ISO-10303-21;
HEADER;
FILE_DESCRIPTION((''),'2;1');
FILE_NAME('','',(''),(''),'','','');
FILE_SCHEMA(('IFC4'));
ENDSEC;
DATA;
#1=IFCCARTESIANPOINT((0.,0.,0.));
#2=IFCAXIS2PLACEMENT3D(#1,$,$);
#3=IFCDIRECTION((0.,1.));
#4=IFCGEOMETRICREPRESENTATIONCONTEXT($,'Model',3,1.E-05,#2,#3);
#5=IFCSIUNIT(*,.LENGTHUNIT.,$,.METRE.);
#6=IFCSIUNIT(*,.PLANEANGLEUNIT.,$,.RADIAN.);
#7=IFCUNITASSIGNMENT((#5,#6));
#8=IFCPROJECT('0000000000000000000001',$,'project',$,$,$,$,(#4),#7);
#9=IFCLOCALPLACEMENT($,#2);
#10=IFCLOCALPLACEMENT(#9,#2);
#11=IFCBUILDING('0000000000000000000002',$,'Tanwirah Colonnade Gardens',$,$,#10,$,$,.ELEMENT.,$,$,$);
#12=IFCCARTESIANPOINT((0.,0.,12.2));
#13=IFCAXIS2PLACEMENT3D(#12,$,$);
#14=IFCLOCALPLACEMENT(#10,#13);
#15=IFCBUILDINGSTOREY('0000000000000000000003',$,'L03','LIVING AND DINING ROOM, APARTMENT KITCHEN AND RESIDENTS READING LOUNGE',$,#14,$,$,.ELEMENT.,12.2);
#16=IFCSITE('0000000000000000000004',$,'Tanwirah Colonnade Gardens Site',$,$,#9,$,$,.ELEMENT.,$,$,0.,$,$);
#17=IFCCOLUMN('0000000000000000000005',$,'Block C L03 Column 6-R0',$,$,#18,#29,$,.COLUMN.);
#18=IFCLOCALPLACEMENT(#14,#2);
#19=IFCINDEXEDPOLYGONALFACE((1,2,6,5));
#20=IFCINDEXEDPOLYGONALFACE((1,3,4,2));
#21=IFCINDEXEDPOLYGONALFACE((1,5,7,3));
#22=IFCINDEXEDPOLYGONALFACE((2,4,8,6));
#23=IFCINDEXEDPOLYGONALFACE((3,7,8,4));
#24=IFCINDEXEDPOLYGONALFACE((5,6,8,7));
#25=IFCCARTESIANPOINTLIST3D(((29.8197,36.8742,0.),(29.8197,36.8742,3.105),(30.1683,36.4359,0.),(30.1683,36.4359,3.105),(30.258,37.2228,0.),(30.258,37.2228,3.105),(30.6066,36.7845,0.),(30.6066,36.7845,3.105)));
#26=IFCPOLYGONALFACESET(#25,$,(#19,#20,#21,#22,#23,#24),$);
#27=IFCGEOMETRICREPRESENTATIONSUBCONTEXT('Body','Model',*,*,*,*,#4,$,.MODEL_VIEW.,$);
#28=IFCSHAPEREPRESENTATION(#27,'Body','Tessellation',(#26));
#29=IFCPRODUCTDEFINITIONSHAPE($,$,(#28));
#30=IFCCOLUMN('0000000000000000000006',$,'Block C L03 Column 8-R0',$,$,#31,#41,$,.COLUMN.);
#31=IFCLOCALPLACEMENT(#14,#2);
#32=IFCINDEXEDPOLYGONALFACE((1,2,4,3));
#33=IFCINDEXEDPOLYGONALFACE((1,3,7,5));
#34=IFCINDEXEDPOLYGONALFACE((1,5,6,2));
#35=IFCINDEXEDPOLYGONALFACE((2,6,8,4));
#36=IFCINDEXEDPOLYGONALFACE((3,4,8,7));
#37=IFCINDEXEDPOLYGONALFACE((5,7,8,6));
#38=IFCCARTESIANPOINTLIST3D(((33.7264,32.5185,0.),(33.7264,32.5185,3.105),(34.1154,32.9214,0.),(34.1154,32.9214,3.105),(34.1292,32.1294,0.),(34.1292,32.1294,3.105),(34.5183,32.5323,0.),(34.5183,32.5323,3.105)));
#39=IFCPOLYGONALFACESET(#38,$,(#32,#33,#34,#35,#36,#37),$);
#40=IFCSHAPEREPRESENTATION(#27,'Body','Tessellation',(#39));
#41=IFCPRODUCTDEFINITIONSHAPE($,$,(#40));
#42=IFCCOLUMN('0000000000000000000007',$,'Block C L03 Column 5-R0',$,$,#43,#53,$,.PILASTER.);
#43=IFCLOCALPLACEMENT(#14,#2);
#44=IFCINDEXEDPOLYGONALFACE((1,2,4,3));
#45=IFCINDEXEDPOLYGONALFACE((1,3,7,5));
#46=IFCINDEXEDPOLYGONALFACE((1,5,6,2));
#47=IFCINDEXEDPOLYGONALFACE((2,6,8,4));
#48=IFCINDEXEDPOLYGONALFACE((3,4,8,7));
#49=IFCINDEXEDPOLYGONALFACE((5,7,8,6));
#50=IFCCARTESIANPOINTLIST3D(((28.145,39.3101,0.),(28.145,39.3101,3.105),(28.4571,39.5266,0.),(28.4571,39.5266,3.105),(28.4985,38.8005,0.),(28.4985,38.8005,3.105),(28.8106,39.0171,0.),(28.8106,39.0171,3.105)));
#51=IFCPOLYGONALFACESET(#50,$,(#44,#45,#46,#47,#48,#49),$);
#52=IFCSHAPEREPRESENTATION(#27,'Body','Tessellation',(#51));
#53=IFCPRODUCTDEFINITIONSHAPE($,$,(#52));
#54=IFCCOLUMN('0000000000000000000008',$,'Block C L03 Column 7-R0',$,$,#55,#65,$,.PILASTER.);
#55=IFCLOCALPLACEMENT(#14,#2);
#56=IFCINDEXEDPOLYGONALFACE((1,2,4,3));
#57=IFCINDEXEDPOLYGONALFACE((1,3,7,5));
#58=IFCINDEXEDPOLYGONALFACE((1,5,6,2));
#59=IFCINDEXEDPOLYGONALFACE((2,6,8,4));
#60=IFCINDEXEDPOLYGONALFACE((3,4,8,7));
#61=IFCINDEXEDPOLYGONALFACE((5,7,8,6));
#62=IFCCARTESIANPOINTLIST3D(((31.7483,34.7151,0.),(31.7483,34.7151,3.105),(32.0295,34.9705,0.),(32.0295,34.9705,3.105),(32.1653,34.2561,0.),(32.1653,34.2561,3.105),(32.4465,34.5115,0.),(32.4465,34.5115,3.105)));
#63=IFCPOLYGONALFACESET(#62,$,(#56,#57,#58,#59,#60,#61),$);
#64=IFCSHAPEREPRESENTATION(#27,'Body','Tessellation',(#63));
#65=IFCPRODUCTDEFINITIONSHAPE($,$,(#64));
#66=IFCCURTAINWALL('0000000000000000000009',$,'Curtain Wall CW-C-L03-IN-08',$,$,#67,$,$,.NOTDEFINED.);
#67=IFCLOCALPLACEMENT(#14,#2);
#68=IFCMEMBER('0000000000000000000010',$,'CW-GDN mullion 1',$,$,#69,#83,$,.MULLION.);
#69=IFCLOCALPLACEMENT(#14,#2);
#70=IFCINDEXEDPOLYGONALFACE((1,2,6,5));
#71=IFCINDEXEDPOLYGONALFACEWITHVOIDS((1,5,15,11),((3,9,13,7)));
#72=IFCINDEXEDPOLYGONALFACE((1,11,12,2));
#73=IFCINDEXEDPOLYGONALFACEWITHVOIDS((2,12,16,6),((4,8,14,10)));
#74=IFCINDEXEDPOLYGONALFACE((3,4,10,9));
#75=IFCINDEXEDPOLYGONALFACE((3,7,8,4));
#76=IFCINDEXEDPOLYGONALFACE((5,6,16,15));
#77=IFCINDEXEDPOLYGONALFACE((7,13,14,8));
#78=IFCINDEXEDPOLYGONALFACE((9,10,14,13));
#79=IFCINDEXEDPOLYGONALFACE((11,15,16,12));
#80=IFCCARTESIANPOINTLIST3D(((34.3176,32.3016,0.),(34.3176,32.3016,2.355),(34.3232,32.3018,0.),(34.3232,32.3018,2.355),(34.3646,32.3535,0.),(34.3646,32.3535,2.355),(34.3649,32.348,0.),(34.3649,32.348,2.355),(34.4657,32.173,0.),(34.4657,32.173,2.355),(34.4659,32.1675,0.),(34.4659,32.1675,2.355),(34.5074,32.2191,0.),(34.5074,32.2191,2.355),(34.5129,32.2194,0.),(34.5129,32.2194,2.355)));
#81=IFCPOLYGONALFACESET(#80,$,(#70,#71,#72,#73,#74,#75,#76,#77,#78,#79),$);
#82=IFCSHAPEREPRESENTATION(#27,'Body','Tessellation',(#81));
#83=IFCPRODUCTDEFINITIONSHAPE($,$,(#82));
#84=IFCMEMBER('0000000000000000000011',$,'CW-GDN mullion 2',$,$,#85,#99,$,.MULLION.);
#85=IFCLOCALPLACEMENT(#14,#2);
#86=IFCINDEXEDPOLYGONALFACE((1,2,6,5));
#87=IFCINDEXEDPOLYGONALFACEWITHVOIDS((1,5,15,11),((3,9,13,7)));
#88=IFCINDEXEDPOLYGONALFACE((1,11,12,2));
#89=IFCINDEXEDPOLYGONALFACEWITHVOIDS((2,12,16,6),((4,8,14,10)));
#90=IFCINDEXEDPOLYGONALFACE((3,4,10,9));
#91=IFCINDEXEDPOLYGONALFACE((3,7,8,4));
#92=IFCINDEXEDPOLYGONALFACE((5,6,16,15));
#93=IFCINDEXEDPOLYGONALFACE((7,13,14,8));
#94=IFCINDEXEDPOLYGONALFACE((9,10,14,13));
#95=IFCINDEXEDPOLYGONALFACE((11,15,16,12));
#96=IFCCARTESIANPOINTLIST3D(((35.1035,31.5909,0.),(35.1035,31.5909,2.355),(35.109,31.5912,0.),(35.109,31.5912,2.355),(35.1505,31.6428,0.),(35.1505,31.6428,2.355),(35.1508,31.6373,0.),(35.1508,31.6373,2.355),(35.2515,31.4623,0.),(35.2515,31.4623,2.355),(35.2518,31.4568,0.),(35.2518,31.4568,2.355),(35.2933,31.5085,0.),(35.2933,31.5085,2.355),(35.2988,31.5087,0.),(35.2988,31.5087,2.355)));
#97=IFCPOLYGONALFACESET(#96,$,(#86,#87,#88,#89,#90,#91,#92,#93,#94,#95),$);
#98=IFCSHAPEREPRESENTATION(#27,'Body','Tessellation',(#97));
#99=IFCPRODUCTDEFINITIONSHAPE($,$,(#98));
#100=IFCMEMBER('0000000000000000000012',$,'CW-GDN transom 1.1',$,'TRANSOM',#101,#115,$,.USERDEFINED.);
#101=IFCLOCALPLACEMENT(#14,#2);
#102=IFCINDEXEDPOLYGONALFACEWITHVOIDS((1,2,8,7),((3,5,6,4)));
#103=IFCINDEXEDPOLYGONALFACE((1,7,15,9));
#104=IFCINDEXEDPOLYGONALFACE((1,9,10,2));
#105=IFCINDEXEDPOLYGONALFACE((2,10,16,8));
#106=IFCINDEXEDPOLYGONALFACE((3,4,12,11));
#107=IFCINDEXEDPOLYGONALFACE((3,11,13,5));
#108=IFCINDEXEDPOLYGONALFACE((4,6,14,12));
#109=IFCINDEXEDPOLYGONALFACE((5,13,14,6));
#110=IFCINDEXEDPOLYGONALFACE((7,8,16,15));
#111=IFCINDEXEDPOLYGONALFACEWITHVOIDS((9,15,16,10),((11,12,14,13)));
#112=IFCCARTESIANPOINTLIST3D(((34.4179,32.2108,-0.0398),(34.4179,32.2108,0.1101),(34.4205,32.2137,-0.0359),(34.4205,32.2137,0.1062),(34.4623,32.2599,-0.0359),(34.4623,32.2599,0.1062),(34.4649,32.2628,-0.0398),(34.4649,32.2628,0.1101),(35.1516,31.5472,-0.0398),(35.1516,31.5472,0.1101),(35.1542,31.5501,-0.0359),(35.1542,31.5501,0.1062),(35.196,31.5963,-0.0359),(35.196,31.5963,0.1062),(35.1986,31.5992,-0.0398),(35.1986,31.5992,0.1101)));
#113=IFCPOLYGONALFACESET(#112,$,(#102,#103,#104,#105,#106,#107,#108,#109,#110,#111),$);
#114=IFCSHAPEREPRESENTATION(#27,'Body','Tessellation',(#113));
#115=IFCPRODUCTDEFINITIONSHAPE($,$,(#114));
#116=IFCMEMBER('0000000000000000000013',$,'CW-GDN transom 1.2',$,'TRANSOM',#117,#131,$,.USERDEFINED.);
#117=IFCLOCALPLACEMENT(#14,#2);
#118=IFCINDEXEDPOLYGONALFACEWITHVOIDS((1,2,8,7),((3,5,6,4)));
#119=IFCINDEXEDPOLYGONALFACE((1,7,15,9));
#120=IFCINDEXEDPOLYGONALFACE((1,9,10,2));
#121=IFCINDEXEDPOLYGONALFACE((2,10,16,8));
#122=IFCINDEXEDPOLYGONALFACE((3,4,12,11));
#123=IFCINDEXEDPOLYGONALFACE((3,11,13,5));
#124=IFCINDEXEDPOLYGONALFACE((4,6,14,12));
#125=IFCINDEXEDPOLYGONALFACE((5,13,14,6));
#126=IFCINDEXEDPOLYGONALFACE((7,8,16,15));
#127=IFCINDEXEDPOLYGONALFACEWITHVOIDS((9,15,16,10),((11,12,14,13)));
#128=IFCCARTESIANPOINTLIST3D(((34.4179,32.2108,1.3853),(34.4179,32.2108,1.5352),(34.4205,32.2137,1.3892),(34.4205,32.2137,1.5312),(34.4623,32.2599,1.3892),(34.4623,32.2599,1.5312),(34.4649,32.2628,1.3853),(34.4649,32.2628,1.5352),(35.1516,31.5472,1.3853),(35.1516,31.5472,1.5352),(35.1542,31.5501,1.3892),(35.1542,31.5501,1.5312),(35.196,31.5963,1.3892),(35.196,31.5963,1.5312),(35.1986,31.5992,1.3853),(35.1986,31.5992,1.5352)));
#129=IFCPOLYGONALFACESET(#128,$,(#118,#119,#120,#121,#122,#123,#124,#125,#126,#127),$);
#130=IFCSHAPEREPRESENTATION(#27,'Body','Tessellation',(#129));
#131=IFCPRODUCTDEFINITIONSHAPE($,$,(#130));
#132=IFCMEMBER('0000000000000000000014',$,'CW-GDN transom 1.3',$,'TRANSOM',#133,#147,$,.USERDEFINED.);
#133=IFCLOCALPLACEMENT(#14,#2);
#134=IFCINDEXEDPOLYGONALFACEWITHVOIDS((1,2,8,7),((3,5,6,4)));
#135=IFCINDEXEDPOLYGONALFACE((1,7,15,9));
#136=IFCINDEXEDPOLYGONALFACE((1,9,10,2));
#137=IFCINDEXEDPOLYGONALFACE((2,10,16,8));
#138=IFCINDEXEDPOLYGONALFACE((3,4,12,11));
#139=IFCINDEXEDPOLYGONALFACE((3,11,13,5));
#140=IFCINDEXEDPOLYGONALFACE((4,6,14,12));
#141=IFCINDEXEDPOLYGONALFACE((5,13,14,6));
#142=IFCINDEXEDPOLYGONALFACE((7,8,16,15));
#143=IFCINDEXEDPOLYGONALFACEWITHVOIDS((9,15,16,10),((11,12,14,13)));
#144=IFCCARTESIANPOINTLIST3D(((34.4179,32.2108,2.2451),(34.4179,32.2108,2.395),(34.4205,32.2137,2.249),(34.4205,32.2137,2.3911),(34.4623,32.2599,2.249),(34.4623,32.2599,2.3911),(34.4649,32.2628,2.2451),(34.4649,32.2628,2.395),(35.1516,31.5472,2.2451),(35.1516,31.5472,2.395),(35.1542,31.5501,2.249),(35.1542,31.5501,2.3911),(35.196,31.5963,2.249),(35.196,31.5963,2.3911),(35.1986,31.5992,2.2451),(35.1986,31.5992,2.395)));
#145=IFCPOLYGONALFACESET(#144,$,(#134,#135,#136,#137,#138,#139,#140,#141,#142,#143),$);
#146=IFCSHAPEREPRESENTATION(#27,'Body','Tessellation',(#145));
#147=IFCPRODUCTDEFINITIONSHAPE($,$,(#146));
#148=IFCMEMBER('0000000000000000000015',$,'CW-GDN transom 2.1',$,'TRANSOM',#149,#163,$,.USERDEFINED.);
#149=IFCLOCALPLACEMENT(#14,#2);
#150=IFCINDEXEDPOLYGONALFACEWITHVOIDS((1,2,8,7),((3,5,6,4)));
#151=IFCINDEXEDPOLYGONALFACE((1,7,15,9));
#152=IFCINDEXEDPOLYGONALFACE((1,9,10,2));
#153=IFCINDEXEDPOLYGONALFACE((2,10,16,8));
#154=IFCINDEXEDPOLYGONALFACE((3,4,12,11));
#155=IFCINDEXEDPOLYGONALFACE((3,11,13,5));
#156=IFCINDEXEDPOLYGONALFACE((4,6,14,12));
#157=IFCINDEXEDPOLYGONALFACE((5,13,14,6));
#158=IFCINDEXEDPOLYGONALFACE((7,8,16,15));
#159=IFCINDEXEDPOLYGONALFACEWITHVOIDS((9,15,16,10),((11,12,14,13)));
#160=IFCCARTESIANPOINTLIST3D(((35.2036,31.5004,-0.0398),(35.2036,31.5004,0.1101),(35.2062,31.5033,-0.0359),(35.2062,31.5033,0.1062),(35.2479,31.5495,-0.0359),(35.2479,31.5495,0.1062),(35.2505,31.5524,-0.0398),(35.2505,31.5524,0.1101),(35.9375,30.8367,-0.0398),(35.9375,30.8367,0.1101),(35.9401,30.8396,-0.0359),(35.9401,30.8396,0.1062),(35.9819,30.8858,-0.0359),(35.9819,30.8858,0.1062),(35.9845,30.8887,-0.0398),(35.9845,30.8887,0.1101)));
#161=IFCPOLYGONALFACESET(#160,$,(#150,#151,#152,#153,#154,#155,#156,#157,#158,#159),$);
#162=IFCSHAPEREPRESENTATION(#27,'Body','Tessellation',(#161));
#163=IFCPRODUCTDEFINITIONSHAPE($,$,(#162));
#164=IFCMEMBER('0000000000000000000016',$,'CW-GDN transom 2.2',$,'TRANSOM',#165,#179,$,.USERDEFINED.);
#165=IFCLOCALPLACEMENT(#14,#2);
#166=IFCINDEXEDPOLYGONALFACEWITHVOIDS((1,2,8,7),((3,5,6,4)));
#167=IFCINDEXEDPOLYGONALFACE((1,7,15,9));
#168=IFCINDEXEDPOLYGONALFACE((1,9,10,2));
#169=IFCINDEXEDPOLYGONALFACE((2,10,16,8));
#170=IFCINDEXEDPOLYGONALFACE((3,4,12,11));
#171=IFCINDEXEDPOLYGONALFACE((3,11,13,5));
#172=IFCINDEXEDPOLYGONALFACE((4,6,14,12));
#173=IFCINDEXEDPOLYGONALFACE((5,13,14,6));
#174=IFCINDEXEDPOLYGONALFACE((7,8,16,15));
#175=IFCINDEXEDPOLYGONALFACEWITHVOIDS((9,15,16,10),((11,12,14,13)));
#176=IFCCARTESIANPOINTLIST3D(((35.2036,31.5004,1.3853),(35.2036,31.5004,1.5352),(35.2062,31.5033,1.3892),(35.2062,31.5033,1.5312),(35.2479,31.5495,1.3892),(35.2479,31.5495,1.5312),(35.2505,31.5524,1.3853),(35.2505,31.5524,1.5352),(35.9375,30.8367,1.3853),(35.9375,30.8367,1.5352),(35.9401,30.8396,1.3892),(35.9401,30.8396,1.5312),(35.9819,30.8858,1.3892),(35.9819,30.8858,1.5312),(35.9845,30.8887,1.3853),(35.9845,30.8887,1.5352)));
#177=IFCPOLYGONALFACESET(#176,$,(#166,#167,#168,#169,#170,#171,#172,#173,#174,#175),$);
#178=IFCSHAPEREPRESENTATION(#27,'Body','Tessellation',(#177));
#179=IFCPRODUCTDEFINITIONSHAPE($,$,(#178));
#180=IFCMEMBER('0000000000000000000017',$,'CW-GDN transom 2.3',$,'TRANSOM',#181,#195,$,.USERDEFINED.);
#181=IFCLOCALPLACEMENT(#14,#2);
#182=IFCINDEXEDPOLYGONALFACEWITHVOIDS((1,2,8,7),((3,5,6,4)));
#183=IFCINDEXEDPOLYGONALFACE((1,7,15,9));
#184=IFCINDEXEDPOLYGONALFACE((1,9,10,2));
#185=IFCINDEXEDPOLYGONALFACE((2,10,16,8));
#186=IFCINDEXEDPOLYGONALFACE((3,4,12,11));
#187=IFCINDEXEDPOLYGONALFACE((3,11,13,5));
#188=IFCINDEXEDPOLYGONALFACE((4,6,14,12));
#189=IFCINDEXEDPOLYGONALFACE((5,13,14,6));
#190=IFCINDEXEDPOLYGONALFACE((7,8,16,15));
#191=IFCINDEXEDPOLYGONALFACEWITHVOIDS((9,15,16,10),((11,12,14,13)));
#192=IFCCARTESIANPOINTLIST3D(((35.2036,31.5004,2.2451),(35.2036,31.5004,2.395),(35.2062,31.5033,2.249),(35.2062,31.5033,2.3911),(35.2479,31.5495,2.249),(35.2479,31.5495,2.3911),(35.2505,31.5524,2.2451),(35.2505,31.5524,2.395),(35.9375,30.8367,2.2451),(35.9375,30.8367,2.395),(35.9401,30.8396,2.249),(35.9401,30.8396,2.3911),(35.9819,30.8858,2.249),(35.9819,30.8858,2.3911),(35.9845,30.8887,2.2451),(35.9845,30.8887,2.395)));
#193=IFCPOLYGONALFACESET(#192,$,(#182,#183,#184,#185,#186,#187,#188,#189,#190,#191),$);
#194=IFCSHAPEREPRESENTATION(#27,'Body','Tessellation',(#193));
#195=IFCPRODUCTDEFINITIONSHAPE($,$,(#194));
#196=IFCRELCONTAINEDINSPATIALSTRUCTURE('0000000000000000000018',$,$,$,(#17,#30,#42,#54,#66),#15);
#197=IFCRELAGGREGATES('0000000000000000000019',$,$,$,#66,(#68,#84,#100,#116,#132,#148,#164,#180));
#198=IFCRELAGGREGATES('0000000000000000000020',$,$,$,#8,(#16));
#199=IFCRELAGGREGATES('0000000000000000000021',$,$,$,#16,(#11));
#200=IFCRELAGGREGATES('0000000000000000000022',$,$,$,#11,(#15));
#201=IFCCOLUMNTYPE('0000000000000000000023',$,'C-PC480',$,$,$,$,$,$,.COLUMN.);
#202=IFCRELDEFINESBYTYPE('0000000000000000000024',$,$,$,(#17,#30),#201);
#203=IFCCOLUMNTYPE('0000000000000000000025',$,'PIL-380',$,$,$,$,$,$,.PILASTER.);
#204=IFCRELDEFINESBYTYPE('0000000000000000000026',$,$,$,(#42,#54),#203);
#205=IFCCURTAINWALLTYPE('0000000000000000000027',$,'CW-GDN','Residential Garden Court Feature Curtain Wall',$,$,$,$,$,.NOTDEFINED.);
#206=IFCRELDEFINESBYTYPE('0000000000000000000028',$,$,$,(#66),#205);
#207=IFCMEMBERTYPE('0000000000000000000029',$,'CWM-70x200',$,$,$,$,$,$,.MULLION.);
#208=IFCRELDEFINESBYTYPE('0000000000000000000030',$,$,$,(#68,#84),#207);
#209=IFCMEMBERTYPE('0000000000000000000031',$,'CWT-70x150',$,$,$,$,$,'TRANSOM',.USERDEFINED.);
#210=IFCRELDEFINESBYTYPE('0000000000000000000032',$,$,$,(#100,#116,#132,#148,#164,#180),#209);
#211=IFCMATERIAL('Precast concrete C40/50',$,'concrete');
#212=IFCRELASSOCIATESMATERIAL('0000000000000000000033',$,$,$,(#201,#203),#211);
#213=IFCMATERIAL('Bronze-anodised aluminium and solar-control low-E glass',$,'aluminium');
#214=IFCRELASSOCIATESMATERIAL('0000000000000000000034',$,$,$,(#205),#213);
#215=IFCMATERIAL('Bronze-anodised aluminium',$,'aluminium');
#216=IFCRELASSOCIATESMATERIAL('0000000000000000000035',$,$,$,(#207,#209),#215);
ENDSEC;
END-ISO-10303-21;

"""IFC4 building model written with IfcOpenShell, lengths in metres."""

from ifc_helpers import new_model, si_unit, direction, frame, origin, origin_2d, place, context, subcontext, project, spatial, rectangle, hollow_rectangle, extrude, material, material_profile, profile_set, type_object, element, aggregate, save


model = new_model("IFC4")

# Units and contexts
model_context = context("Model", 3, precision=1e-05, world=origin(), true_north=direction((0.0, 1.0)))
body_context = subcontext(model_context, "Body", "Model", "MODEL_VIEW")
ifc_project = project(units=[si_unit("LENGTHUNIT", "METRE"), si_unit("PLANEANGLEUNIT", "RADIAN")], contexts=[model_context])

# Site, building, storey
site_placement = place(None, origin())
site = spatial("IfcSite", under=ifc_project, at=site_placement, Name="Tanwirah Colonnade Gardens Site", CompositionType="ELEMENT", RefElevation=0.0)
building_placement = place(site_placement, origin())
building = spatial("IfcBuilding", under=site, at=building_placement, Name="Tanwirah Colonnade Gardens", CompositionType="ELEMENT")
storey_placement = place(building_placement, frame((0.0, 0.0, 12.2)))
storey = spatial("IfcBuildingStorey", under=building, at=storey_placement, Name="L03", Description="LIVING AND DINING ROOM, APARTMENT KITCHEN AND RESIDENTS READING LOUNGE", CompositionType="ELEMENT", Elevation=12.2)

# Columns
ifc_material_1 = material(Name="Precast concrete C40/50", Category="concrete")
ifc_material_profile_1 = material_profile(ifc_material_1, rectangle(XDim=0.5601, YDim=0.5601, at=origin_2d()), Name="PC-COL 560x560")
ifc_profile_set_1 = profile_set([ifc_material_profile_1], Name="Precast concrete C40/50")
column_type_1 = type_object("IfcColumnType", Name="C-PC480", PredefinedType="COLUMN", material=ifc_profile_set_1)
for number, where, z_axis, x_axis, name in (
    (1, (30.2131, 36.8293, 0.0), (0.0, 0.0, 1.0), (-0.782608, -0.622515, 0.0), "Block C L03 Column 6-R0"),
    (2, (34.1223, 32.5254, 0.0), (0.0, 0.0, 1.0), (-0.694658, -0.71934, 0.0), "Block C L03 Column 8-R0"),
):
    element("IfcColumn", number, at=place(storey_placement, frame(where, z_axis=z_axis, x_axis=x_axis)), inside=storey, type_object=column_type_1, Name=name, PredefinedType="COLUMN", context=body_context, shape_type="SweptSolid", body=[
        extrude(rectangle(XDim=0.5601, YDim=0.5601, at=origin_2d()), origin(), (0.0, 0.0, 1.0), 3.105),
    ])
ifc_material_profile_2 = material_profile(ifc_material_1, rectangle(XDim=0.3799, YDim=0.6201, at=origin_2d()), Name="PC-PIL 380x620")
ifc_profile_set_2 = profile_set([ifc_material_profile_2], Name="Precast concrete C40/50")
column_type_2 = type_object("IfcColumnType", Name="PIL-380", PredefinedType="PILASTER", material=ifc_profile_set_2)
for number, where, z_axis, x_axis, name in (
    (3, (28.4778, 39.1636, 0.0), (0.0, 0.0, 1.0), (-0.821647, -0.569997, 0.0), "Block C L03 Column 5-R0"),
    (4, (32.0974, 34.6133, 0.0), (0.0, 0.0, 1.0), (-0.740218, -0.672367, 0.0), "Block C L03 Column 7-R0"),
):
    element("IfcColumn", number, at=place(storey_placement, frame(where, z_axis=z_axis, x_axis=x_axis)), inside=storey, type_object=column_type_2, Name=name, PredefinedType="PILASTER", context=body_context, shape_type="SweptSolid", body=[
        extrude(rectangle(XDim=0.3799, YDim=0.6201, at=origin_2d()), origin(), (0.0, 0.0, 1.0), 3.105),
    ])

# Curtain wall, members
ifc_material_2 = material(Name="Bronze-anodised aluminium and solar-control low-E glass", Category="aluminium")
curtain_wall_type = type_object("IfcCurtainWallType", Name="CW-GDN", Description="Residential Garden Court Feature Curtain Wall", PredefinedType="NOTDEFINED", material=ifc_material_2)
curtain_wall_placement = place(storey_placement, origin())
curtain_wall = element("IfcCurtainWall", 5, at=curtain_wall_placement, inside=storey, type_object=curtain_wall_type, Name="Curtain Wall CW-C-L03-IN-08", PredefinedType="NOTDEFINED")
ifc_material_3 = material(Name="Bronze-anodised aluminium", Category="aluminium")
ifc_material_profile_3 = material_profile(ifc_material_3, hollow_rectangle(XDim=0.0701, YDim=0.2, WallThickness=0.0039, at=origin_2d()), Name="CW-MUL 70x200x4")
ifc_profile_set_3 = profile_set([ifc_material_profile_3], Name="Bronze-anodised aluminium")
member_type_1 = type_object("IfcMemberType", Name="CWM-70x200", PredefinedType="MULLION", material=ifc_profile_set_3)
member_1_placement = place(storey_placement, frame((34.4153, 32.2605, 0.0), z_axis=(0.0, 0.0, 1.0), x_axis=(0.670751, 0.741683, 0.0)))
member_1 = element("IfcMember", 6, at=member_1_placement, type_object=member_type_1, Name="CW-GDN mullion 1", PredefinedType="MULLION", context=body_context, shape_type="SweptSolid", body=[
    extrude(hollow_rectangle(XDim=0.0701, YDim=0.2, WallThickness=0.0039, at=origin_2d()), origin(), (0.0, 0.0, 1.0), 2.355),
])
member_2_placement = place(storey_placement, frame((35.2012, 31.5498, 0.0), z_axis=(0.0, 0.0, 1.0), x_axis=(0.670751, 0.741683, 0.0)))
member_2 = element("IfcMember", 7, at=member_2_placement, type_object=member_type_1, Name="CW-GDN mullion 2", PredefinedType="MULLION", context=body_context, shape_type="SweptSolid", body=[
    extrude(hollow_rectangle(XDim=0.0701, YDim=0.2, WallThickness=0.0039, at=origin_2d()), origin(), (0.0, 0.0, 1.0), 2.355),
])
ifc_material_profile_4 = material_profile(ifc_material_3, hollow_rectangle(XDim=0.0701, YDim=0.1499, WallThickness=0.0039, at=origin_2d()), Name="CW-TRN 70x150x4")
ifc_profile_set_4 = profile_set([ifc_material_profile_4], Name="Bronze-anodised aluminium")
member_type_2 = type_object("IfcMemberType", Name="CWT-70x150", ElementType="TRANSOM", PredefinedType="USERDEFINED", material=ifc_profile_set_4)
member_3_placement = place(storey_placement, frame((34.4414, 32.2368, 0.0352), z_axis=(0.741635, -0.670803, 0.0), x_axis=(0.670803, 0.741635, 0.0)))
member_3 = element("IfcMember", 8, at=member_3_placement, type_object=member_type_2, Name="CW-GDN transom 1.1", ObjectType="TRANSOM", PredefinedType="USERDEFINED", context=body_context, shape_type="SweptSolid", body=[
    extrude(hollow_rectangle(XDim=0.0701, YDim=0.1499, WallThickness=0.0039, at=origin_2d()), origin(), (0.0, 0.0, 1.0), 0.9893),
])
member_4_placement = place(storey_placement, frame((34.4414, 32.2368, 1.4602), z_axis=(0.741635, -0.670803, 0.0), x_axis=(0.670803, 0.741635, 0.0)))
member_4 = element("IfcMember", 9, at=member_4_placement, type_object=member_type_2, Name="CW-GDN transom 1.2", ObjectType="TRANSOM", PredefinedType="USERDEFINED", context=body_context, shape_type="SweptSolid", body=[
    extrude(hollow_rectangle(XDim=0.0701, YDim=0.1499, WallThickness=0.0039, at=origin_2d()), origin(), (0.0, 0.0, 1.0), 0.9893),
])
member_5_placement = place(storey_placement, frame((34.4414, 32.2368, 2.3201), z_axis=(0.741635, -0.670803, 0.0), x_axis=(0.670803, 0.741635, 0.0)))
member_5 = element("IfcMember", 10, at=member_5_placement, type_object=member_type_2, Name="CW-GDN transom 1.3", ObjectType="TRANSOM", PredefinedType="USERDEFINED", context=body_context, shape_type="SweptSolid", body=[
    extrude(hollow_rectangle(XDim=0.0701, YDim=0.1499, WallThickness=0.0039, at=origin_2d()), origin(), (0.0, 0.0, 1.0), 0.9893),
])
member_6_placement = place(storey_placement, frame((35.2271, 31.5264, 0.0352), z_axis=(0.741746, -0.670681, 0.0), x_axis=(0.670681, 0.741746, 0.0)))
member_6 = element("IfcMember", 11, at=member_6_placement, type_object=member_type_2, Name="CW-GDN transom 2.1", ObjectType="TRANSOM", PredefinedType="USERDEFINED", context=body_context, shape_type="SweptSolid", body=[
    extrude(hollow_rectangle(XDim=0.0701, YDim=0.1499, WallThickness=0.0039, at=origin_2d()), origin(), (0.0, 0.0, 1.0), 0.9895),
])
member_7_placement = place(storey_placement, frame((35.2271, 31.5264, 1.4602), z_axis=(0.741746, -0.670681, 0.0), x_axis=(0.670681, 0.741746, 0.0)))
member_7 = element("IfcMember", 12, at=member_7_placement, type_object=member_type_2, Name="CW-GDN transom 2.2", ObjectType="TRANSOM", PredefinedType="USERDEFINED", context=body_context, shape_type="SweptSolid", body=[
    extrude(hollow_rectangle(XDim=0.0701, YDim=0.1499, WallThickness=0.0039, at=origin_2d()), origin(), (0.0, 0.0, 1.0), 0.9895),
])
member_8_placement = place(storey_placement, frame((35.2271, 31.5264, 2.3201), z_axis=(0.741746, -0.670681, 0.0), x_axis=(0.670681, 0.741746, 0.0)))
member_8 = element("IfcMember", 13, at=member_8_placement, type_object=member_type_2, Name="CW-GDN transom 2.3", ObjectType="TRANSOM", PredefinedType="USERDEFINED", context=body_context, shape_type="SweptSolid", body=[
    extrude(hollow_rectangle(XDim=0.0701, YDim=0.1499, WallThickness=0.0039, at=origin_2d()), origin(), (0.0, 0.0, 1.0), 0.9895),
])

aggregate(curtain_wall, [member_1, member_2, member_3, member_4, member_5, member_6, member_7, member_8])

save(model, "model.ifc")
